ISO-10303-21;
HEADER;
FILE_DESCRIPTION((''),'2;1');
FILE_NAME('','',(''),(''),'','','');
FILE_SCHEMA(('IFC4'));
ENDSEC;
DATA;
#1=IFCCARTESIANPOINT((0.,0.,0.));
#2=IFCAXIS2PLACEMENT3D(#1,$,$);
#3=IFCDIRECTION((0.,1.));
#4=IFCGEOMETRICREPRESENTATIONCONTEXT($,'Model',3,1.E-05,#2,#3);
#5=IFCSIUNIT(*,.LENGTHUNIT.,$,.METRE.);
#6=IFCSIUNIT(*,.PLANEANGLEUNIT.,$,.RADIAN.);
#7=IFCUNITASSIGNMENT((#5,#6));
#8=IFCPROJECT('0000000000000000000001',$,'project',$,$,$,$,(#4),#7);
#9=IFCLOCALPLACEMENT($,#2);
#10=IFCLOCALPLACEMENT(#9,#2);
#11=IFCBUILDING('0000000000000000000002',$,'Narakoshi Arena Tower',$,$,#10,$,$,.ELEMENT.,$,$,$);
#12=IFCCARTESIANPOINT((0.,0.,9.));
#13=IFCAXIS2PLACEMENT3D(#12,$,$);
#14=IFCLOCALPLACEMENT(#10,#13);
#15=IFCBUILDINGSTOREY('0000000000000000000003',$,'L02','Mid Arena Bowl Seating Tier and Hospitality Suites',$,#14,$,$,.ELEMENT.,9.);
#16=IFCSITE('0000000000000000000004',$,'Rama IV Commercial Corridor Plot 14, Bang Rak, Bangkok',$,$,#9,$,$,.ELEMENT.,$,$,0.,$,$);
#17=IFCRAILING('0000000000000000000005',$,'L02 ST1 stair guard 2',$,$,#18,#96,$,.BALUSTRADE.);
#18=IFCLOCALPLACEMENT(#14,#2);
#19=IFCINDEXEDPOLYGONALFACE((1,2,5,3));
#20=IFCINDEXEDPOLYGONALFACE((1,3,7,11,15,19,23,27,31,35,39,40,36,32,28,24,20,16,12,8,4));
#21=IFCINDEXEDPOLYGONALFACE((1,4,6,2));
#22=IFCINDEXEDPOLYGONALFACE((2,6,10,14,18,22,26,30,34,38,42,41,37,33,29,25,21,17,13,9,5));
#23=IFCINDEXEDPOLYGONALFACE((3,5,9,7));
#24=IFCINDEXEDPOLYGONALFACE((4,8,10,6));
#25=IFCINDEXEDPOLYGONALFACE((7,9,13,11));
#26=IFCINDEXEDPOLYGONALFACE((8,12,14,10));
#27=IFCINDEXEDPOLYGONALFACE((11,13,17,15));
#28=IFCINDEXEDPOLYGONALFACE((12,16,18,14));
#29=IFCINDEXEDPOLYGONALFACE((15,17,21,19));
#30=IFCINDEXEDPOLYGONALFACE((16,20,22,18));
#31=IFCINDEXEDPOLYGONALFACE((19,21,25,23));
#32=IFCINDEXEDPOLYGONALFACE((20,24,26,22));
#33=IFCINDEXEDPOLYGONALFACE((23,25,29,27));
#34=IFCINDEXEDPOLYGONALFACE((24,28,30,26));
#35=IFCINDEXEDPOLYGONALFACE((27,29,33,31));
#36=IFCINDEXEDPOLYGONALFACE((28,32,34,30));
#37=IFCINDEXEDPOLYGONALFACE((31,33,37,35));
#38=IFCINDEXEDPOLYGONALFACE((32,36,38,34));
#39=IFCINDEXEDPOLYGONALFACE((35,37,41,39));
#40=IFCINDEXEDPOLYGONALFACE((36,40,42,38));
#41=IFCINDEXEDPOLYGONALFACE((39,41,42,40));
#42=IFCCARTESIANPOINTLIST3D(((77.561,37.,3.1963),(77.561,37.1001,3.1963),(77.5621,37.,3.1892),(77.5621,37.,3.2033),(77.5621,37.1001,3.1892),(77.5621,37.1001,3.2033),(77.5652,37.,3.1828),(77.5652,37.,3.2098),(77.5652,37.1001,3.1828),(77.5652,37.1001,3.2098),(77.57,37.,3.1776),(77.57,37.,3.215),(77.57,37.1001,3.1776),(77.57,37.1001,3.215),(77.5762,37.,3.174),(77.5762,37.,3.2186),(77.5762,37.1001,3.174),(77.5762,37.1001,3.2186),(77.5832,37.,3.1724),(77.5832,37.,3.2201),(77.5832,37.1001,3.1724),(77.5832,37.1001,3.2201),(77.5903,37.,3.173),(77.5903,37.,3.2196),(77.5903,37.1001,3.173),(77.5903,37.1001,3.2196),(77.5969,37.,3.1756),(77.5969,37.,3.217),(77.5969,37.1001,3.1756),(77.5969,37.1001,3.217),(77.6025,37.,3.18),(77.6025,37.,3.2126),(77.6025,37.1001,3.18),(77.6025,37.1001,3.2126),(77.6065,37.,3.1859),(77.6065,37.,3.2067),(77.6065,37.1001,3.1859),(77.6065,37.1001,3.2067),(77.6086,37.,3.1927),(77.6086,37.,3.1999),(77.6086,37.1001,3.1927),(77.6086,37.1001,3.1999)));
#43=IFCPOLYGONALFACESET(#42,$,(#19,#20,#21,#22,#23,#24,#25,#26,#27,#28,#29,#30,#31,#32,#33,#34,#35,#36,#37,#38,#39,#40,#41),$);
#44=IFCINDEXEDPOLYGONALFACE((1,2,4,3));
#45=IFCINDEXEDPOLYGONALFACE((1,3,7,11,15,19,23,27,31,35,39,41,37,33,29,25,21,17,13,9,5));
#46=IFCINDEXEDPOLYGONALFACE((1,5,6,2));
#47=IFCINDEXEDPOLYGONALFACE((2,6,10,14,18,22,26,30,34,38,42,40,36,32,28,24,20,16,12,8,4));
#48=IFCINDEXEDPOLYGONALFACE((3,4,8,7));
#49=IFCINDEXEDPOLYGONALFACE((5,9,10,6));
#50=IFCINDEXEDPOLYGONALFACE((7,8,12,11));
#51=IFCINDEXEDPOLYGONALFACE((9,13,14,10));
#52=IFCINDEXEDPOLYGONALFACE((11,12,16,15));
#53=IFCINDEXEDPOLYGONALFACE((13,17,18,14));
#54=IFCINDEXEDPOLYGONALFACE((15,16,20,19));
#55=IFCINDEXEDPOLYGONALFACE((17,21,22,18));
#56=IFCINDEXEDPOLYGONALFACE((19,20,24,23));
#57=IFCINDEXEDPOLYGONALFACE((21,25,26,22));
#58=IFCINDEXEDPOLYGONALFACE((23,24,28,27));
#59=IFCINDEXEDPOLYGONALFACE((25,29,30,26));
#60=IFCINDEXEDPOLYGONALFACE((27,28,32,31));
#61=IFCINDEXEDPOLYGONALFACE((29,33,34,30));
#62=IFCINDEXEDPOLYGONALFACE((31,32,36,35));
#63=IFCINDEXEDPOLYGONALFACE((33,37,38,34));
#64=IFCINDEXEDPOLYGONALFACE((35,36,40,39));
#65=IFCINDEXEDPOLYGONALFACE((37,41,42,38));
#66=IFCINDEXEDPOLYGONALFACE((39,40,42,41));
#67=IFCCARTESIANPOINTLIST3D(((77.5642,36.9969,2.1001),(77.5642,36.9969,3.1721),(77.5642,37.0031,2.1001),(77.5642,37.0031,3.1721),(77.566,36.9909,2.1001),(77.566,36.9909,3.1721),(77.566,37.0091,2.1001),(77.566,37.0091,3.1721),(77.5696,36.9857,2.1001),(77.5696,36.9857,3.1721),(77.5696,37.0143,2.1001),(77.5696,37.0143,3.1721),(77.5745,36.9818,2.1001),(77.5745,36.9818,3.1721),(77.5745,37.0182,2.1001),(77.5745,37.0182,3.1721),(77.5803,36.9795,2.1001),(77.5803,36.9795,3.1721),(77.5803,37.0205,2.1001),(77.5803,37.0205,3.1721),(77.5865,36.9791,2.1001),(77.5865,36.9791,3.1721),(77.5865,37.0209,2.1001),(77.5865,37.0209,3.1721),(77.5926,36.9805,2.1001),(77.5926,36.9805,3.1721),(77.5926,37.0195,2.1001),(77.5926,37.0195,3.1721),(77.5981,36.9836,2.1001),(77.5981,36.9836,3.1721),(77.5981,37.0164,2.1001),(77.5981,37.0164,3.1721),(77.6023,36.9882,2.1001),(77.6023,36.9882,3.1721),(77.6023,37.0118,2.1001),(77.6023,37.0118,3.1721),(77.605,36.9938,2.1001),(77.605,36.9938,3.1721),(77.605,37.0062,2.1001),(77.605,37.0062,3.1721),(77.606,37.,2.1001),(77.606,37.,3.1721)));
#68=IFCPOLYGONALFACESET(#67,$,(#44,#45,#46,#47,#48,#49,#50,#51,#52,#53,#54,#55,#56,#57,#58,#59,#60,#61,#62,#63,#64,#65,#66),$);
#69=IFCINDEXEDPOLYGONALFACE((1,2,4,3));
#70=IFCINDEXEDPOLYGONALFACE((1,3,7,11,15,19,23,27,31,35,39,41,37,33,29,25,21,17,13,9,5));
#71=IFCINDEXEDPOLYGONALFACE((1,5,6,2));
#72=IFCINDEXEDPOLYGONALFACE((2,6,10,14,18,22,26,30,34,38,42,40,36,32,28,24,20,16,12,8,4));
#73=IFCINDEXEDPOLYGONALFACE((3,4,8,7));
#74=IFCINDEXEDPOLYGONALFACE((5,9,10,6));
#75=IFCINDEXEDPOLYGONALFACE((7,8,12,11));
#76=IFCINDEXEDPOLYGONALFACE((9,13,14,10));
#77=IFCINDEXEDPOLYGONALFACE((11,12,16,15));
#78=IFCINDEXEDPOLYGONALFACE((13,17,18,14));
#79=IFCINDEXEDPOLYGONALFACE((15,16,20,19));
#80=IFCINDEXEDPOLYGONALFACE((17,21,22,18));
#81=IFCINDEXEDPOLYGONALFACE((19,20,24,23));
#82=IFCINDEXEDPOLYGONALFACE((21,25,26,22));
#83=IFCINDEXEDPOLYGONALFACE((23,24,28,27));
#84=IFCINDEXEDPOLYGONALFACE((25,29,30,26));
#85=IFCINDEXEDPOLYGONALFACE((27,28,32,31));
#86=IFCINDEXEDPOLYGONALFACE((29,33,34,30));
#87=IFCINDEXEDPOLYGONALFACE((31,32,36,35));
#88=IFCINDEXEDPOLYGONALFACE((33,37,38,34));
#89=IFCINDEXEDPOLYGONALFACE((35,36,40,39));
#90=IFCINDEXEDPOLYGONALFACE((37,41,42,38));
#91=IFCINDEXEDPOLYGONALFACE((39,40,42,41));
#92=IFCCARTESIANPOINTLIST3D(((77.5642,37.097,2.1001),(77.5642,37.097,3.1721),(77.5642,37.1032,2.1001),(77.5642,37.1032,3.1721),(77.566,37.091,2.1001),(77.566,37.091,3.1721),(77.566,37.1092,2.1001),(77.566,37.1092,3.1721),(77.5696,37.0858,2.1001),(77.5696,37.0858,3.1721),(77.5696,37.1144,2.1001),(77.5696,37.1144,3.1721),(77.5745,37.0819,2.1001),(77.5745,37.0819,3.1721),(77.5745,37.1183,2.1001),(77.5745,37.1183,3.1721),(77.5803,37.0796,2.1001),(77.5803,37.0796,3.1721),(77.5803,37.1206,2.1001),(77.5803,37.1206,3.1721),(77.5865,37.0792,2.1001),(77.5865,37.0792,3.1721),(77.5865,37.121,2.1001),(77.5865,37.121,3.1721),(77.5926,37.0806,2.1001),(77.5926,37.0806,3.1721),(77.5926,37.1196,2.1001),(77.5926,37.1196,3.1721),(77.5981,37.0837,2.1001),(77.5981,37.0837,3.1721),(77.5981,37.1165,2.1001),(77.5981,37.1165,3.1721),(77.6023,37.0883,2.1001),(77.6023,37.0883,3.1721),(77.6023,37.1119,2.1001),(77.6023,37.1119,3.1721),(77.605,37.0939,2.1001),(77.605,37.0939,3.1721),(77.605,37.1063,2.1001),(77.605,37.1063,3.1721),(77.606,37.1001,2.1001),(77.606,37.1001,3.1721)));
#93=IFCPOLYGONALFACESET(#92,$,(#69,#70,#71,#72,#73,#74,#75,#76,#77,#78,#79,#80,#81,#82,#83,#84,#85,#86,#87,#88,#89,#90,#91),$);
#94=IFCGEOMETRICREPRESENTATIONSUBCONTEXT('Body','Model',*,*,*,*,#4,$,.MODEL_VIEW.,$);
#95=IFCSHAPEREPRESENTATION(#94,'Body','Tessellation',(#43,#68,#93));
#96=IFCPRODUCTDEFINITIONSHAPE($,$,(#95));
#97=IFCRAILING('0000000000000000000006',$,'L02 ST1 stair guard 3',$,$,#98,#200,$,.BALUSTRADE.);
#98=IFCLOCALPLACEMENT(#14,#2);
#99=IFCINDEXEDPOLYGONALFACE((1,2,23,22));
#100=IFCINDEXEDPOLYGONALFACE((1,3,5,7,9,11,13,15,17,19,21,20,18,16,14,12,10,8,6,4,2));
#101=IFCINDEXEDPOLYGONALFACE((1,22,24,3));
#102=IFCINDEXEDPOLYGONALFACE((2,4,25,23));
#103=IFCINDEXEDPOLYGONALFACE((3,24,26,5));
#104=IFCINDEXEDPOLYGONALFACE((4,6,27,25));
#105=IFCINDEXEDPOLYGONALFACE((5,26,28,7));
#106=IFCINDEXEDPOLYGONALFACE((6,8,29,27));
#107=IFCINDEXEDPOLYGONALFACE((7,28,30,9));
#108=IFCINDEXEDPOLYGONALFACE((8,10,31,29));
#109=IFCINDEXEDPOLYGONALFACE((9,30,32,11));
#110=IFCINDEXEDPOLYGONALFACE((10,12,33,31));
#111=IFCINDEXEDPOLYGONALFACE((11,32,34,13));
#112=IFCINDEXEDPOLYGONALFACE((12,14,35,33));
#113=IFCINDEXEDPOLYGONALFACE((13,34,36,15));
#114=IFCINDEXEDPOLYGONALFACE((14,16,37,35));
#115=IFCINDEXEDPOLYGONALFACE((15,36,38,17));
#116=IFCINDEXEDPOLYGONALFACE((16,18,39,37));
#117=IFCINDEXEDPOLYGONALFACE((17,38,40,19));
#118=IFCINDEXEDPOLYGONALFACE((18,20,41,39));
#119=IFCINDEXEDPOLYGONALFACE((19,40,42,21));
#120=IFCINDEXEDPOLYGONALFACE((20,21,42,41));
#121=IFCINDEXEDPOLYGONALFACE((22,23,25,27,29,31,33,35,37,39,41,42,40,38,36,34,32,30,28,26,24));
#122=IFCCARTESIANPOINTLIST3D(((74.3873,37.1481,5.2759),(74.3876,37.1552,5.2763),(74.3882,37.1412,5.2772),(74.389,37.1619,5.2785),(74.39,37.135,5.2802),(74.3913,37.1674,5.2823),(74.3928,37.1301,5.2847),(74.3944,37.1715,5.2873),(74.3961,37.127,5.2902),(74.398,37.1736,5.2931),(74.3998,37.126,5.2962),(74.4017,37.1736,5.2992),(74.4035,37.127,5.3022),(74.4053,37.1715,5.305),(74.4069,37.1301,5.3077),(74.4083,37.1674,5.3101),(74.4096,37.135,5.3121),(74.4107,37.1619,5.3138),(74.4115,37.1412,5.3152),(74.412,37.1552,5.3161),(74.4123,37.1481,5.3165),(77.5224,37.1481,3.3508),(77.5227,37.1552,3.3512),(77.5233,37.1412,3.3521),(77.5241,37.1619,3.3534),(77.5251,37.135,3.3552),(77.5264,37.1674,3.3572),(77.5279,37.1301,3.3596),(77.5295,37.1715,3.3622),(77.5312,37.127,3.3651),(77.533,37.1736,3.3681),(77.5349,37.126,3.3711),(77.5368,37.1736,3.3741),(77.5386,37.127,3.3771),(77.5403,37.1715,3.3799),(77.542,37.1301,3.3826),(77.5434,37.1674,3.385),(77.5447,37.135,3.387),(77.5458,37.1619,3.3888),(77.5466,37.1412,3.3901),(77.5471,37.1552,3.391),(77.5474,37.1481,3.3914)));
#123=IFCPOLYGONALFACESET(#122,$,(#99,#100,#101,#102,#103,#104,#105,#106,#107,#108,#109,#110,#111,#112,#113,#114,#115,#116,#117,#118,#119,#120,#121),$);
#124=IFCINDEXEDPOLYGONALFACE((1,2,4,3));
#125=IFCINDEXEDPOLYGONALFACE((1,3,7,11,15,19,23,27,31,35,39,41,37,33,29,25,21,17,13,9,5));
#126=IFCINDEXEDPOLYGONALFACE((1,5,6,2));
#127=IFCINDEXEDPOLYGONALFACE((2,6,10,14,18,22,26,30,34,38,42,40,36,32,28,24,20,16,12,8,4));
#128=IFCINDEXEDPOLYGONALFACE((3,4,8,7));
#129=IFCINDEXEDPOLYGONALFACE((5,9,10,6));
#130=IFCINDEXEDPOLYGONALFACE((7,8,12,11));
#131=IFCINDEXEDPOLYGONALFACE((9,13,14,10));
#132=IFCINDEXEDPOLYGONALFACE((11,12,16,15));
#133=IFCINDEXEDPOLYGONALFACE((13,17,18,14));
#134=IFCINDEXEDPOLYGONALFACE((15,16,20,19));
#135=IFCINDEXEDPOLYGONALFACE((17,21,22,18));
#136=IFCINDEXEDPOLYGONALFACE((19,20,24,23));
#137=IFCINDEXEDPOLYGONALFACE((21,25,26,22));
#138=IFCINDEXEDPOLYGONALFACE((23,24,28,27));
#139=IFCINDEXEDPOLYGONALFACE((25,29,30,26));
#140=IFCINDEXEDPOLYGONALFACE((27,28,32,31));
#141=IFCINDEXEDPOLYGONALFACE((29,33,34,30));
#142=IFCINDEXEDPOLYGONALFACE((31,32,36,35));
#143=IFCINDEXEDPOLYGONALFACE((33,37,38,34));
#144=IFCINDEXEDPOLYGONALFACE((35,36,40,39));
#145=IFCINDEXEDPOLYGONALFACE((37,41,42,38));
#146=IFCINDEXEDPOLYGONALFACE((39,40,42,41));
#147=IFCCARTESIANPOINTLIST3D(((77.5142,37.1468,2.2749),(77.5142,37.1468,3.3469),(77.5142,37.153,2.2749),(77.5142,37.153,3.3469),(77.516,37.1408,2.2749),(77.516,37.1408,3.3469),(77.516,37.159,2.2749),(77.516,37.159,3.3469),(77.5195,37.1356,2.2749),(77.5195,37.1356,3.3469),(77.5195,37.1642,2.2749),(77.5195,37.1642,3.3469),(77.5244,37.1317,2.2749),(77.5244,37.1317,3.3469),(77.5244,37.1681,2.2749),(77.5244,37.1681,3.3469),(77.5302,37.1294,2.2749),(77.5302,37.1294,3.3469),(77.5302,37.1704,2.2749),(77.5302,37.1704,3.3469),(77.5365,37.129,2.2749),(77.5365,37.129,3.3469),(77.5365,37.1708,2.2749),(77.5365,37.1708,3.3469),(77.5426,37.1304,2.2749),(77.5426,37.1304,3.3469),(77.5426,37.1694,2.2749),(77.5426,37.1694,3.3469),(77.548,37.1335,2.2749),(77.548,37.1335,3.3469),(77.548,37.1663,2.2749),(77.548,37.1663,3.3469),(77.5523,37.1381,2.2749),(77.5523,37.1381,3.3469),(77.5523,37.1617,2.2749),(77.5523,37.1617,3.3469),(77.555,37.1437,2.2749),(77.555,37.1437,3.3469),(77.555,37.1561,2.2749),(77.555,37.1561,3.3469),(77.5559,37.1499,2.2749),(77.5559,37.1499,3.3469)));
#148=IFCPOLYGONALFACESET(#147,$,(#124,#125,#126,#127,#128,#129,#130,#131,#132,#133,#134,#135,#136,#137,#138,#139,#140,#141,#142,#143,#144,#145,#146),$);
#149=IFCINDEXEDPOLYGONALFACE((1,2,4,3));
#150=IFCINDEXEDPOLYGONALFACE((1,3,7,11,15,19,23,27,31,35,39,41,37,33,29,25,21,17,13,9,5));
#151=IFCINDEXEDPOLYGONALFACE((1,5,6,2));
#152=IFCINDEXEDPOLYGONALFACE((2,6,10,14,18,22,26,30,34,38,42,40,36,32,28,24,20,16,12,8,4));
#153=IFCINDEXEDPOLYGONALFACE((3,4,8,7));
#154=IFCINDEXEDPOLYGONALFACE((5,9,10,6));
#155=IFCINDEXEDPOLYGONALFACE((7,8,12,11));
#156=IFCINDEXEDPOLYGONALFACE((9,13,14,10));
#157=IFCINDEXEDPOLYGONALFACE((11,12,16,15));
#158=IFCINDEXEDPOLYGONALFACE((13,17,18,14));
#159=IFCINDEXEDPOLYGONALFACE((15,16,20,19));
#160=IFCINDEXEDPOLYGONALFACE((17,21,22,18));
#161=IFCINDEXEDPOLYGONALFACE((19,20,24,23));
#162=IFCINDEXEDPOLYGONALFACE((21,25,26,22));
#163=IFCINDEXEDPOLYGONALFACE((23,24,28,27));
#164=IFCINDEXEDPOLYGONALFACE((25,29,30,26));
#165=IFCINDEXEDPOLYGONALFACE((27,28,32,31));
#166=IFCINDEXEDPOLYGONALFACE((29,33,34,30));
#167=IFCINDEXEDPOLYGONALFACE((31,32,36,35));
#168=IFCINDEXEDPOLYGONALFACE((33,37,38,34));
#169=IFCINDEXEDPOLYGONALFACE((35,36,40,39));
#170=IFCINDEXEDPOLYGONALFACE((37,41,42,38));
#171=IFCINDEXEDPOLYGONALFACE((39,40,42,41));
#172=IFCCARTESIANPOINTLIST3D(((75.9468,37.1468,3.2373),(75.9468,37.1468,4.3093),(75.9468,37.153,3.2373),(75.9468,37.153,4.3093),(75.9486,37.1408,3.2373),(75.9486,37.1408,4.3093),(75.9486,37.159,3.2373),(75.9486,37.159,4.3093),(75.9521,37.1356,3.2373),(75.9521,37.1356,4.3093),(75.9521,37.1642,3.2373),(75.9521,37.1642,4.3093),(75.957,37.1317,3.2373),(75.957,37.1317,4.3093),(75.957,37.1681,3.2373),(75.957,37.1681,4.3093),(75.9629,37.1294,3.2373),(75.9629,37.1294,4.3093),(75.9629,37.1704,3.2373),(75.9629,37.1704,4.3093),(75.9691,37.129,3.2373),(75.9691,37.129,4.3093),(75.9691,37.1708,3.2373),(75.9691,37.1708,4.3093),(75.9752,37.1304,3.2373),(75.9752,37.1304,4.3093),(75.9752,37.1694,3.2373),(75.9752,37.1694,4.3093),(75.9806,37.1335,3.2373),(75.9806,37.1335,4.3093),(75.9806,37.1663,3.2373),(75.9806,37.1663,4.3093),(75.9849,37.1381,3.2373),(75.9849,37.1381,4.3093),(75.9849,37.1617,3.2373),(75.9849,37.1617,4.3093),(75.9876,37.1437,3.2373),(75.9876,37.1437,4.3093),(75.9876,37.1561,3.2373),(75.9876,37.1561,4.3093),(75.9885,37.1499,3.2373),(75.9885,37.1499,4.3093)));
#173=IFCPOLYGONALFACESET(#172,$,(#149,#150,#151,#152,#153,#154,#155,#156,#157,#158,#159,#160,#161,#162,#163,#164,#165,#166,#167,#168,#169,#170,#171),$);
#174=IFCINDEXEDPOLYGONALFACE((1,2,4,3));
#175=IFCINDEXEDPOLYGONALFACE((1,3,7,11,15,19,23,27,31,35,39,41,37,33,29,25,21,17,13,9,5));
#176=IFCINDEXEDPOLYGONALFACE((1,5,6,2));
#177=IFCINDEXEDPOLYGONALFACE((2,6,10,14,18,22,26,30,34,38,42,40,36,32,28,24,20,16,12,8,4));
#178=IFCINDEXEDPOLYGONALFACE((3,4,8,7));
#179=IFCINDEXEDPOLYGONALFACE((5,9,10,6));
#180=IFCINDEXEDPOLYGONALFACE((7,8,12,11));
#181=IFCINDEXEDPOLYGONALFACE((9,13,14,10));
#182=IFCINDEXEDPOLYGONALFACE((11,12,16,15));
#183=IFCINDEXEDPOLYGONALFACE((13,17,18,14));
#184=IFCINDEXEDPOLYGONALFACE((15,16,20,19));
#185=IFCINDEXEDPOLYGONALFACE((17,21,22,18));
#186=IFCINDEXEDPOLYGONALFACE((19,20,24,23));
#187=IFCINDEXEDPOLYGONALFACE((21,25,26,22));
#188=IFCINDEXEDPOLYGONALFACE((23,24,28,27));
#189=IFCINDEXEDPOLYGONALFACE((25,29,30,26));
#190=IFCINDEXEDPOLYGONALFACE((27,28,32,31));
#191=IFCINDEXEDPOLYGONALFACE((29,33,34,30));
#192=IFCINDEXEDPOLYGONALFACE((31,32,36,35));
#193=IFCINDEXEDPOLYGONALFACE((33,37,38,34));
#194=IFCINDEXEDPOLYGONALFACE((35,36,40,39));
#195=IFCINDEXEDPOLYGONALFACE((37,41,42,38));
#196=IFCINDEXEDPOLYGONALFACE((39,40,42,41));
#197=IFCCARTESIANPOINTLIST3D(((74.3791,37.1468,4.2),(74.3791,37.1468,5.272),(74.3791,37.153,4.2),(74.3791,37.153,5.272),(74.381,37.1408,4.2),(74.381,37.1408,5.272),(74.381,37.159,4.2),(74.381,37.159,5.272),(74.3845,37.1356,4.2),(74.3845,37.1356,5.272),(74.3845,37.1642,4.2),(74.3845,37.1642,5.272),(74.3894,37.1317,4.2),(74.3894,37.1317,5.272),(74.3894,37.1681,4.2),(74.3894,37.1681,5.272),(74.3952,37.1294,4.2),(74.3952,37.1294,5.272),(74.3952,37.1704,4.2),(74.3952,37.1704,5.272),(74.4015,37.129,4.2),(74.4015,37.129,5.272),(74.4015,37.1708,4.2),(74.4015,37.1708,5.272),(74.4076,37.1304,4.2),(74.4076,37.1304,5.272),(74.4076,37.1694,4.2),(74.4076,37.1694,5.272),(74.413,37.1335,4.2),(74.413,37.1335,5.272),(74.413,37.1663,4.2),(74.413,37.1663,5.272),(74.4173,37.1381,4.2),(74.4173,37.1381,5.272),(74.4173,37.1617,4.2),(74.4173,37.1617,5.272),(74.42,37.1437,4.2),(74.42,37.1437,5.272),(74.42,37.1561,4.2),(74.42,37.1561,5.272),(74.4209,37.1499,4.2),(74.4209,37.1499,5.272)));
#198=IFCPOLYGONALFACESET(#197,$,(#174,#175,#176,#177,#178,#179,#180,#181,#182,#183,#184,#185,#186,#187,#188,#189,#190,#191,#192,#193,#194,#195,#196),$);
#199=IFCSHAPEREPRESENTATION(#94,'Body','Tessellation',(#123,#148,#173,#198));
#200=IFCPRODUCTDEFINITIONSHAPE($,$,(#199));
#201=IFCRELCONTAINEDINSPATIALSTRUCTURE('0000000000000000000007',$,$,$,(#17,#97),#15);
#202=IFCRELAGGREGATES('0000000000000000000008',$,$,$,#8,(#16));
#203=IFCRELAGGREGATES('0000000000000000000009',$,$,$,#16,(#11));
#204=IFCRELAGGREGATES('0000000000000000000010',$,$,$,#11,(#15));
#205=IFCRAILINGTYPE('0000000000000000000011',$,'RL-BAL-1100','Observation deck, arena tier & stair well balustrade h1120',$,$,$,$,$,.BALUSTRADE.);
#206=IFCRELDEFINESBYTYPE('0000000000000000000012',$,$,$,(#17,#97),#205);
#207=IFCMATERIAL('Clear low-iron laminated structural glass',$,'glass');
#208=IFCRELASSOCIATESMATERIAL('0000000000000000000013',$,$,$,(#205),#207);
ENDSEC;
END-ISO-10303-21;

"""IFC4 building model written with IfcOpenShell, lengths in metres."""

from ifc_helpers import new_model, si_unit, direction, frame, origin, origin_2d, place, context, subcontext, project, spatial, circle, extrude, material, type_object, element, save


model = new_model("IFC4")

# Units and contexts
model_context = context("Model", 3, precision=1e-05, world=origin(), true_north=direction((0.0, 1.0)))
body_context = subcontext(model_context, "Body", "Model", "MODEL_VIEW")
ifc_project = project(units=[si_unit("LENGTHUNIT", "METRE"), si_unit("PLANEANGLEUNIT", "RADIAN")], contexts=[model_context])

# Site, building, storey
site_placement = place(None, origin())
site = spatial("IfcSite", under=ifc_project, at=site_placement, Name="Rama IV Commercial Corridor Plot 14, Bang Rak, Bangkok", CompositionType="ELEMENT", RefElevation=0.0)
building_placement = place(site_placement, origin())
building = spatial("IfcBuilding", under=site, at=building_placement, Name="Narakoshi Arena Tower", CompositionType="ELEMENT")
storey_placement = place(building_placement, frame((0.0, 0.0, 9.0)))
storey = spatial("IfcBuildingStorey", under=building, at=storey_placement, Name="L02", Description="Mid Arena Bowl Seating Tier and Hospitality Suites", CompositionType="ELEMENT", Elevation=9.0)

# Railings
ifc_material_1 = material(Name="Clear low-iron laminated structural glass", Category="glass")
railing_type_1 = type_object("IfcRailingType", Name="RL-BAL-1100", Description="Observation deck, arena tier & stair well balustrade h1120", PredefinedType="BALUSTRADE", material=ifc_material_1)
railing_1_placement = place(storey_placement, frame((77.585, 37.0, 2.1001)))
element("IfcRailing", 1, at=railing_1_placement, inside=storey, type_object=railing_type_1, Name="L02 ST1 stair guard 2", PredefinedType="BALUSTRADE", context=body_context, shape_type="SweptSolid", body=[
    extrude(circle(Radius=0.0239, at=origin_2d()), frame((0.0, 0.0, 1.0962), z_axis=(0.0, 1.0, 0.0), x_axis=(-1.0, 0.0, 0.0)), (0.0, 0.0, 1.0), 0.1001),
    extrude(circle(Radius=0.021, at=origin_2d()), origin(), (0.0, 0.0, 1.0), 1.072),
    extrude(circle(Radius=0.021, at=origin_2d()), frame((0.0, 0.1001, 0.0)), (0.0, 0.0, 1.0), 1.072),
])
railing_2_placement = place(storey_placement, frame((77.5349, 37.1499, 2.2749)))
element("IfcRailing", 2, at=railing_2_placement, inside=storey, type_object=railing_type_1, Name="L02 ST1 stair guard 3", PredefinedType="BALUSTRADE", context=body_context, shape_type="SweptSolid", body=[
    extrude(circle(Radius=0.0239, at=origin_2d()), frame((0.0, 0.0, 1.0962), z_axis=(-0.852166, 0.0, 0.523271), x_axis=(0.0, -1.0, 0.0)), (0.0, 0.0, 1.0), 3.679),
    extrude(circle(Radius=0.021, at=origin_2d()), origin(), (0.0, 0.0, 1.0), 1.072),
    extrude(circle(Radius=0.021, at=origin_2d()), frame((-1.5674, 0.0, 0.9624)), (0.0, 0.0, 1.0), 1.072),
    extrude(circle(Radius=0.021, at=origin_2d()), frame((-3.135, 0.0, 1.925)), (0.0, 0.0, 1.0), 1.072),
])

save(model, "model.ifc")
